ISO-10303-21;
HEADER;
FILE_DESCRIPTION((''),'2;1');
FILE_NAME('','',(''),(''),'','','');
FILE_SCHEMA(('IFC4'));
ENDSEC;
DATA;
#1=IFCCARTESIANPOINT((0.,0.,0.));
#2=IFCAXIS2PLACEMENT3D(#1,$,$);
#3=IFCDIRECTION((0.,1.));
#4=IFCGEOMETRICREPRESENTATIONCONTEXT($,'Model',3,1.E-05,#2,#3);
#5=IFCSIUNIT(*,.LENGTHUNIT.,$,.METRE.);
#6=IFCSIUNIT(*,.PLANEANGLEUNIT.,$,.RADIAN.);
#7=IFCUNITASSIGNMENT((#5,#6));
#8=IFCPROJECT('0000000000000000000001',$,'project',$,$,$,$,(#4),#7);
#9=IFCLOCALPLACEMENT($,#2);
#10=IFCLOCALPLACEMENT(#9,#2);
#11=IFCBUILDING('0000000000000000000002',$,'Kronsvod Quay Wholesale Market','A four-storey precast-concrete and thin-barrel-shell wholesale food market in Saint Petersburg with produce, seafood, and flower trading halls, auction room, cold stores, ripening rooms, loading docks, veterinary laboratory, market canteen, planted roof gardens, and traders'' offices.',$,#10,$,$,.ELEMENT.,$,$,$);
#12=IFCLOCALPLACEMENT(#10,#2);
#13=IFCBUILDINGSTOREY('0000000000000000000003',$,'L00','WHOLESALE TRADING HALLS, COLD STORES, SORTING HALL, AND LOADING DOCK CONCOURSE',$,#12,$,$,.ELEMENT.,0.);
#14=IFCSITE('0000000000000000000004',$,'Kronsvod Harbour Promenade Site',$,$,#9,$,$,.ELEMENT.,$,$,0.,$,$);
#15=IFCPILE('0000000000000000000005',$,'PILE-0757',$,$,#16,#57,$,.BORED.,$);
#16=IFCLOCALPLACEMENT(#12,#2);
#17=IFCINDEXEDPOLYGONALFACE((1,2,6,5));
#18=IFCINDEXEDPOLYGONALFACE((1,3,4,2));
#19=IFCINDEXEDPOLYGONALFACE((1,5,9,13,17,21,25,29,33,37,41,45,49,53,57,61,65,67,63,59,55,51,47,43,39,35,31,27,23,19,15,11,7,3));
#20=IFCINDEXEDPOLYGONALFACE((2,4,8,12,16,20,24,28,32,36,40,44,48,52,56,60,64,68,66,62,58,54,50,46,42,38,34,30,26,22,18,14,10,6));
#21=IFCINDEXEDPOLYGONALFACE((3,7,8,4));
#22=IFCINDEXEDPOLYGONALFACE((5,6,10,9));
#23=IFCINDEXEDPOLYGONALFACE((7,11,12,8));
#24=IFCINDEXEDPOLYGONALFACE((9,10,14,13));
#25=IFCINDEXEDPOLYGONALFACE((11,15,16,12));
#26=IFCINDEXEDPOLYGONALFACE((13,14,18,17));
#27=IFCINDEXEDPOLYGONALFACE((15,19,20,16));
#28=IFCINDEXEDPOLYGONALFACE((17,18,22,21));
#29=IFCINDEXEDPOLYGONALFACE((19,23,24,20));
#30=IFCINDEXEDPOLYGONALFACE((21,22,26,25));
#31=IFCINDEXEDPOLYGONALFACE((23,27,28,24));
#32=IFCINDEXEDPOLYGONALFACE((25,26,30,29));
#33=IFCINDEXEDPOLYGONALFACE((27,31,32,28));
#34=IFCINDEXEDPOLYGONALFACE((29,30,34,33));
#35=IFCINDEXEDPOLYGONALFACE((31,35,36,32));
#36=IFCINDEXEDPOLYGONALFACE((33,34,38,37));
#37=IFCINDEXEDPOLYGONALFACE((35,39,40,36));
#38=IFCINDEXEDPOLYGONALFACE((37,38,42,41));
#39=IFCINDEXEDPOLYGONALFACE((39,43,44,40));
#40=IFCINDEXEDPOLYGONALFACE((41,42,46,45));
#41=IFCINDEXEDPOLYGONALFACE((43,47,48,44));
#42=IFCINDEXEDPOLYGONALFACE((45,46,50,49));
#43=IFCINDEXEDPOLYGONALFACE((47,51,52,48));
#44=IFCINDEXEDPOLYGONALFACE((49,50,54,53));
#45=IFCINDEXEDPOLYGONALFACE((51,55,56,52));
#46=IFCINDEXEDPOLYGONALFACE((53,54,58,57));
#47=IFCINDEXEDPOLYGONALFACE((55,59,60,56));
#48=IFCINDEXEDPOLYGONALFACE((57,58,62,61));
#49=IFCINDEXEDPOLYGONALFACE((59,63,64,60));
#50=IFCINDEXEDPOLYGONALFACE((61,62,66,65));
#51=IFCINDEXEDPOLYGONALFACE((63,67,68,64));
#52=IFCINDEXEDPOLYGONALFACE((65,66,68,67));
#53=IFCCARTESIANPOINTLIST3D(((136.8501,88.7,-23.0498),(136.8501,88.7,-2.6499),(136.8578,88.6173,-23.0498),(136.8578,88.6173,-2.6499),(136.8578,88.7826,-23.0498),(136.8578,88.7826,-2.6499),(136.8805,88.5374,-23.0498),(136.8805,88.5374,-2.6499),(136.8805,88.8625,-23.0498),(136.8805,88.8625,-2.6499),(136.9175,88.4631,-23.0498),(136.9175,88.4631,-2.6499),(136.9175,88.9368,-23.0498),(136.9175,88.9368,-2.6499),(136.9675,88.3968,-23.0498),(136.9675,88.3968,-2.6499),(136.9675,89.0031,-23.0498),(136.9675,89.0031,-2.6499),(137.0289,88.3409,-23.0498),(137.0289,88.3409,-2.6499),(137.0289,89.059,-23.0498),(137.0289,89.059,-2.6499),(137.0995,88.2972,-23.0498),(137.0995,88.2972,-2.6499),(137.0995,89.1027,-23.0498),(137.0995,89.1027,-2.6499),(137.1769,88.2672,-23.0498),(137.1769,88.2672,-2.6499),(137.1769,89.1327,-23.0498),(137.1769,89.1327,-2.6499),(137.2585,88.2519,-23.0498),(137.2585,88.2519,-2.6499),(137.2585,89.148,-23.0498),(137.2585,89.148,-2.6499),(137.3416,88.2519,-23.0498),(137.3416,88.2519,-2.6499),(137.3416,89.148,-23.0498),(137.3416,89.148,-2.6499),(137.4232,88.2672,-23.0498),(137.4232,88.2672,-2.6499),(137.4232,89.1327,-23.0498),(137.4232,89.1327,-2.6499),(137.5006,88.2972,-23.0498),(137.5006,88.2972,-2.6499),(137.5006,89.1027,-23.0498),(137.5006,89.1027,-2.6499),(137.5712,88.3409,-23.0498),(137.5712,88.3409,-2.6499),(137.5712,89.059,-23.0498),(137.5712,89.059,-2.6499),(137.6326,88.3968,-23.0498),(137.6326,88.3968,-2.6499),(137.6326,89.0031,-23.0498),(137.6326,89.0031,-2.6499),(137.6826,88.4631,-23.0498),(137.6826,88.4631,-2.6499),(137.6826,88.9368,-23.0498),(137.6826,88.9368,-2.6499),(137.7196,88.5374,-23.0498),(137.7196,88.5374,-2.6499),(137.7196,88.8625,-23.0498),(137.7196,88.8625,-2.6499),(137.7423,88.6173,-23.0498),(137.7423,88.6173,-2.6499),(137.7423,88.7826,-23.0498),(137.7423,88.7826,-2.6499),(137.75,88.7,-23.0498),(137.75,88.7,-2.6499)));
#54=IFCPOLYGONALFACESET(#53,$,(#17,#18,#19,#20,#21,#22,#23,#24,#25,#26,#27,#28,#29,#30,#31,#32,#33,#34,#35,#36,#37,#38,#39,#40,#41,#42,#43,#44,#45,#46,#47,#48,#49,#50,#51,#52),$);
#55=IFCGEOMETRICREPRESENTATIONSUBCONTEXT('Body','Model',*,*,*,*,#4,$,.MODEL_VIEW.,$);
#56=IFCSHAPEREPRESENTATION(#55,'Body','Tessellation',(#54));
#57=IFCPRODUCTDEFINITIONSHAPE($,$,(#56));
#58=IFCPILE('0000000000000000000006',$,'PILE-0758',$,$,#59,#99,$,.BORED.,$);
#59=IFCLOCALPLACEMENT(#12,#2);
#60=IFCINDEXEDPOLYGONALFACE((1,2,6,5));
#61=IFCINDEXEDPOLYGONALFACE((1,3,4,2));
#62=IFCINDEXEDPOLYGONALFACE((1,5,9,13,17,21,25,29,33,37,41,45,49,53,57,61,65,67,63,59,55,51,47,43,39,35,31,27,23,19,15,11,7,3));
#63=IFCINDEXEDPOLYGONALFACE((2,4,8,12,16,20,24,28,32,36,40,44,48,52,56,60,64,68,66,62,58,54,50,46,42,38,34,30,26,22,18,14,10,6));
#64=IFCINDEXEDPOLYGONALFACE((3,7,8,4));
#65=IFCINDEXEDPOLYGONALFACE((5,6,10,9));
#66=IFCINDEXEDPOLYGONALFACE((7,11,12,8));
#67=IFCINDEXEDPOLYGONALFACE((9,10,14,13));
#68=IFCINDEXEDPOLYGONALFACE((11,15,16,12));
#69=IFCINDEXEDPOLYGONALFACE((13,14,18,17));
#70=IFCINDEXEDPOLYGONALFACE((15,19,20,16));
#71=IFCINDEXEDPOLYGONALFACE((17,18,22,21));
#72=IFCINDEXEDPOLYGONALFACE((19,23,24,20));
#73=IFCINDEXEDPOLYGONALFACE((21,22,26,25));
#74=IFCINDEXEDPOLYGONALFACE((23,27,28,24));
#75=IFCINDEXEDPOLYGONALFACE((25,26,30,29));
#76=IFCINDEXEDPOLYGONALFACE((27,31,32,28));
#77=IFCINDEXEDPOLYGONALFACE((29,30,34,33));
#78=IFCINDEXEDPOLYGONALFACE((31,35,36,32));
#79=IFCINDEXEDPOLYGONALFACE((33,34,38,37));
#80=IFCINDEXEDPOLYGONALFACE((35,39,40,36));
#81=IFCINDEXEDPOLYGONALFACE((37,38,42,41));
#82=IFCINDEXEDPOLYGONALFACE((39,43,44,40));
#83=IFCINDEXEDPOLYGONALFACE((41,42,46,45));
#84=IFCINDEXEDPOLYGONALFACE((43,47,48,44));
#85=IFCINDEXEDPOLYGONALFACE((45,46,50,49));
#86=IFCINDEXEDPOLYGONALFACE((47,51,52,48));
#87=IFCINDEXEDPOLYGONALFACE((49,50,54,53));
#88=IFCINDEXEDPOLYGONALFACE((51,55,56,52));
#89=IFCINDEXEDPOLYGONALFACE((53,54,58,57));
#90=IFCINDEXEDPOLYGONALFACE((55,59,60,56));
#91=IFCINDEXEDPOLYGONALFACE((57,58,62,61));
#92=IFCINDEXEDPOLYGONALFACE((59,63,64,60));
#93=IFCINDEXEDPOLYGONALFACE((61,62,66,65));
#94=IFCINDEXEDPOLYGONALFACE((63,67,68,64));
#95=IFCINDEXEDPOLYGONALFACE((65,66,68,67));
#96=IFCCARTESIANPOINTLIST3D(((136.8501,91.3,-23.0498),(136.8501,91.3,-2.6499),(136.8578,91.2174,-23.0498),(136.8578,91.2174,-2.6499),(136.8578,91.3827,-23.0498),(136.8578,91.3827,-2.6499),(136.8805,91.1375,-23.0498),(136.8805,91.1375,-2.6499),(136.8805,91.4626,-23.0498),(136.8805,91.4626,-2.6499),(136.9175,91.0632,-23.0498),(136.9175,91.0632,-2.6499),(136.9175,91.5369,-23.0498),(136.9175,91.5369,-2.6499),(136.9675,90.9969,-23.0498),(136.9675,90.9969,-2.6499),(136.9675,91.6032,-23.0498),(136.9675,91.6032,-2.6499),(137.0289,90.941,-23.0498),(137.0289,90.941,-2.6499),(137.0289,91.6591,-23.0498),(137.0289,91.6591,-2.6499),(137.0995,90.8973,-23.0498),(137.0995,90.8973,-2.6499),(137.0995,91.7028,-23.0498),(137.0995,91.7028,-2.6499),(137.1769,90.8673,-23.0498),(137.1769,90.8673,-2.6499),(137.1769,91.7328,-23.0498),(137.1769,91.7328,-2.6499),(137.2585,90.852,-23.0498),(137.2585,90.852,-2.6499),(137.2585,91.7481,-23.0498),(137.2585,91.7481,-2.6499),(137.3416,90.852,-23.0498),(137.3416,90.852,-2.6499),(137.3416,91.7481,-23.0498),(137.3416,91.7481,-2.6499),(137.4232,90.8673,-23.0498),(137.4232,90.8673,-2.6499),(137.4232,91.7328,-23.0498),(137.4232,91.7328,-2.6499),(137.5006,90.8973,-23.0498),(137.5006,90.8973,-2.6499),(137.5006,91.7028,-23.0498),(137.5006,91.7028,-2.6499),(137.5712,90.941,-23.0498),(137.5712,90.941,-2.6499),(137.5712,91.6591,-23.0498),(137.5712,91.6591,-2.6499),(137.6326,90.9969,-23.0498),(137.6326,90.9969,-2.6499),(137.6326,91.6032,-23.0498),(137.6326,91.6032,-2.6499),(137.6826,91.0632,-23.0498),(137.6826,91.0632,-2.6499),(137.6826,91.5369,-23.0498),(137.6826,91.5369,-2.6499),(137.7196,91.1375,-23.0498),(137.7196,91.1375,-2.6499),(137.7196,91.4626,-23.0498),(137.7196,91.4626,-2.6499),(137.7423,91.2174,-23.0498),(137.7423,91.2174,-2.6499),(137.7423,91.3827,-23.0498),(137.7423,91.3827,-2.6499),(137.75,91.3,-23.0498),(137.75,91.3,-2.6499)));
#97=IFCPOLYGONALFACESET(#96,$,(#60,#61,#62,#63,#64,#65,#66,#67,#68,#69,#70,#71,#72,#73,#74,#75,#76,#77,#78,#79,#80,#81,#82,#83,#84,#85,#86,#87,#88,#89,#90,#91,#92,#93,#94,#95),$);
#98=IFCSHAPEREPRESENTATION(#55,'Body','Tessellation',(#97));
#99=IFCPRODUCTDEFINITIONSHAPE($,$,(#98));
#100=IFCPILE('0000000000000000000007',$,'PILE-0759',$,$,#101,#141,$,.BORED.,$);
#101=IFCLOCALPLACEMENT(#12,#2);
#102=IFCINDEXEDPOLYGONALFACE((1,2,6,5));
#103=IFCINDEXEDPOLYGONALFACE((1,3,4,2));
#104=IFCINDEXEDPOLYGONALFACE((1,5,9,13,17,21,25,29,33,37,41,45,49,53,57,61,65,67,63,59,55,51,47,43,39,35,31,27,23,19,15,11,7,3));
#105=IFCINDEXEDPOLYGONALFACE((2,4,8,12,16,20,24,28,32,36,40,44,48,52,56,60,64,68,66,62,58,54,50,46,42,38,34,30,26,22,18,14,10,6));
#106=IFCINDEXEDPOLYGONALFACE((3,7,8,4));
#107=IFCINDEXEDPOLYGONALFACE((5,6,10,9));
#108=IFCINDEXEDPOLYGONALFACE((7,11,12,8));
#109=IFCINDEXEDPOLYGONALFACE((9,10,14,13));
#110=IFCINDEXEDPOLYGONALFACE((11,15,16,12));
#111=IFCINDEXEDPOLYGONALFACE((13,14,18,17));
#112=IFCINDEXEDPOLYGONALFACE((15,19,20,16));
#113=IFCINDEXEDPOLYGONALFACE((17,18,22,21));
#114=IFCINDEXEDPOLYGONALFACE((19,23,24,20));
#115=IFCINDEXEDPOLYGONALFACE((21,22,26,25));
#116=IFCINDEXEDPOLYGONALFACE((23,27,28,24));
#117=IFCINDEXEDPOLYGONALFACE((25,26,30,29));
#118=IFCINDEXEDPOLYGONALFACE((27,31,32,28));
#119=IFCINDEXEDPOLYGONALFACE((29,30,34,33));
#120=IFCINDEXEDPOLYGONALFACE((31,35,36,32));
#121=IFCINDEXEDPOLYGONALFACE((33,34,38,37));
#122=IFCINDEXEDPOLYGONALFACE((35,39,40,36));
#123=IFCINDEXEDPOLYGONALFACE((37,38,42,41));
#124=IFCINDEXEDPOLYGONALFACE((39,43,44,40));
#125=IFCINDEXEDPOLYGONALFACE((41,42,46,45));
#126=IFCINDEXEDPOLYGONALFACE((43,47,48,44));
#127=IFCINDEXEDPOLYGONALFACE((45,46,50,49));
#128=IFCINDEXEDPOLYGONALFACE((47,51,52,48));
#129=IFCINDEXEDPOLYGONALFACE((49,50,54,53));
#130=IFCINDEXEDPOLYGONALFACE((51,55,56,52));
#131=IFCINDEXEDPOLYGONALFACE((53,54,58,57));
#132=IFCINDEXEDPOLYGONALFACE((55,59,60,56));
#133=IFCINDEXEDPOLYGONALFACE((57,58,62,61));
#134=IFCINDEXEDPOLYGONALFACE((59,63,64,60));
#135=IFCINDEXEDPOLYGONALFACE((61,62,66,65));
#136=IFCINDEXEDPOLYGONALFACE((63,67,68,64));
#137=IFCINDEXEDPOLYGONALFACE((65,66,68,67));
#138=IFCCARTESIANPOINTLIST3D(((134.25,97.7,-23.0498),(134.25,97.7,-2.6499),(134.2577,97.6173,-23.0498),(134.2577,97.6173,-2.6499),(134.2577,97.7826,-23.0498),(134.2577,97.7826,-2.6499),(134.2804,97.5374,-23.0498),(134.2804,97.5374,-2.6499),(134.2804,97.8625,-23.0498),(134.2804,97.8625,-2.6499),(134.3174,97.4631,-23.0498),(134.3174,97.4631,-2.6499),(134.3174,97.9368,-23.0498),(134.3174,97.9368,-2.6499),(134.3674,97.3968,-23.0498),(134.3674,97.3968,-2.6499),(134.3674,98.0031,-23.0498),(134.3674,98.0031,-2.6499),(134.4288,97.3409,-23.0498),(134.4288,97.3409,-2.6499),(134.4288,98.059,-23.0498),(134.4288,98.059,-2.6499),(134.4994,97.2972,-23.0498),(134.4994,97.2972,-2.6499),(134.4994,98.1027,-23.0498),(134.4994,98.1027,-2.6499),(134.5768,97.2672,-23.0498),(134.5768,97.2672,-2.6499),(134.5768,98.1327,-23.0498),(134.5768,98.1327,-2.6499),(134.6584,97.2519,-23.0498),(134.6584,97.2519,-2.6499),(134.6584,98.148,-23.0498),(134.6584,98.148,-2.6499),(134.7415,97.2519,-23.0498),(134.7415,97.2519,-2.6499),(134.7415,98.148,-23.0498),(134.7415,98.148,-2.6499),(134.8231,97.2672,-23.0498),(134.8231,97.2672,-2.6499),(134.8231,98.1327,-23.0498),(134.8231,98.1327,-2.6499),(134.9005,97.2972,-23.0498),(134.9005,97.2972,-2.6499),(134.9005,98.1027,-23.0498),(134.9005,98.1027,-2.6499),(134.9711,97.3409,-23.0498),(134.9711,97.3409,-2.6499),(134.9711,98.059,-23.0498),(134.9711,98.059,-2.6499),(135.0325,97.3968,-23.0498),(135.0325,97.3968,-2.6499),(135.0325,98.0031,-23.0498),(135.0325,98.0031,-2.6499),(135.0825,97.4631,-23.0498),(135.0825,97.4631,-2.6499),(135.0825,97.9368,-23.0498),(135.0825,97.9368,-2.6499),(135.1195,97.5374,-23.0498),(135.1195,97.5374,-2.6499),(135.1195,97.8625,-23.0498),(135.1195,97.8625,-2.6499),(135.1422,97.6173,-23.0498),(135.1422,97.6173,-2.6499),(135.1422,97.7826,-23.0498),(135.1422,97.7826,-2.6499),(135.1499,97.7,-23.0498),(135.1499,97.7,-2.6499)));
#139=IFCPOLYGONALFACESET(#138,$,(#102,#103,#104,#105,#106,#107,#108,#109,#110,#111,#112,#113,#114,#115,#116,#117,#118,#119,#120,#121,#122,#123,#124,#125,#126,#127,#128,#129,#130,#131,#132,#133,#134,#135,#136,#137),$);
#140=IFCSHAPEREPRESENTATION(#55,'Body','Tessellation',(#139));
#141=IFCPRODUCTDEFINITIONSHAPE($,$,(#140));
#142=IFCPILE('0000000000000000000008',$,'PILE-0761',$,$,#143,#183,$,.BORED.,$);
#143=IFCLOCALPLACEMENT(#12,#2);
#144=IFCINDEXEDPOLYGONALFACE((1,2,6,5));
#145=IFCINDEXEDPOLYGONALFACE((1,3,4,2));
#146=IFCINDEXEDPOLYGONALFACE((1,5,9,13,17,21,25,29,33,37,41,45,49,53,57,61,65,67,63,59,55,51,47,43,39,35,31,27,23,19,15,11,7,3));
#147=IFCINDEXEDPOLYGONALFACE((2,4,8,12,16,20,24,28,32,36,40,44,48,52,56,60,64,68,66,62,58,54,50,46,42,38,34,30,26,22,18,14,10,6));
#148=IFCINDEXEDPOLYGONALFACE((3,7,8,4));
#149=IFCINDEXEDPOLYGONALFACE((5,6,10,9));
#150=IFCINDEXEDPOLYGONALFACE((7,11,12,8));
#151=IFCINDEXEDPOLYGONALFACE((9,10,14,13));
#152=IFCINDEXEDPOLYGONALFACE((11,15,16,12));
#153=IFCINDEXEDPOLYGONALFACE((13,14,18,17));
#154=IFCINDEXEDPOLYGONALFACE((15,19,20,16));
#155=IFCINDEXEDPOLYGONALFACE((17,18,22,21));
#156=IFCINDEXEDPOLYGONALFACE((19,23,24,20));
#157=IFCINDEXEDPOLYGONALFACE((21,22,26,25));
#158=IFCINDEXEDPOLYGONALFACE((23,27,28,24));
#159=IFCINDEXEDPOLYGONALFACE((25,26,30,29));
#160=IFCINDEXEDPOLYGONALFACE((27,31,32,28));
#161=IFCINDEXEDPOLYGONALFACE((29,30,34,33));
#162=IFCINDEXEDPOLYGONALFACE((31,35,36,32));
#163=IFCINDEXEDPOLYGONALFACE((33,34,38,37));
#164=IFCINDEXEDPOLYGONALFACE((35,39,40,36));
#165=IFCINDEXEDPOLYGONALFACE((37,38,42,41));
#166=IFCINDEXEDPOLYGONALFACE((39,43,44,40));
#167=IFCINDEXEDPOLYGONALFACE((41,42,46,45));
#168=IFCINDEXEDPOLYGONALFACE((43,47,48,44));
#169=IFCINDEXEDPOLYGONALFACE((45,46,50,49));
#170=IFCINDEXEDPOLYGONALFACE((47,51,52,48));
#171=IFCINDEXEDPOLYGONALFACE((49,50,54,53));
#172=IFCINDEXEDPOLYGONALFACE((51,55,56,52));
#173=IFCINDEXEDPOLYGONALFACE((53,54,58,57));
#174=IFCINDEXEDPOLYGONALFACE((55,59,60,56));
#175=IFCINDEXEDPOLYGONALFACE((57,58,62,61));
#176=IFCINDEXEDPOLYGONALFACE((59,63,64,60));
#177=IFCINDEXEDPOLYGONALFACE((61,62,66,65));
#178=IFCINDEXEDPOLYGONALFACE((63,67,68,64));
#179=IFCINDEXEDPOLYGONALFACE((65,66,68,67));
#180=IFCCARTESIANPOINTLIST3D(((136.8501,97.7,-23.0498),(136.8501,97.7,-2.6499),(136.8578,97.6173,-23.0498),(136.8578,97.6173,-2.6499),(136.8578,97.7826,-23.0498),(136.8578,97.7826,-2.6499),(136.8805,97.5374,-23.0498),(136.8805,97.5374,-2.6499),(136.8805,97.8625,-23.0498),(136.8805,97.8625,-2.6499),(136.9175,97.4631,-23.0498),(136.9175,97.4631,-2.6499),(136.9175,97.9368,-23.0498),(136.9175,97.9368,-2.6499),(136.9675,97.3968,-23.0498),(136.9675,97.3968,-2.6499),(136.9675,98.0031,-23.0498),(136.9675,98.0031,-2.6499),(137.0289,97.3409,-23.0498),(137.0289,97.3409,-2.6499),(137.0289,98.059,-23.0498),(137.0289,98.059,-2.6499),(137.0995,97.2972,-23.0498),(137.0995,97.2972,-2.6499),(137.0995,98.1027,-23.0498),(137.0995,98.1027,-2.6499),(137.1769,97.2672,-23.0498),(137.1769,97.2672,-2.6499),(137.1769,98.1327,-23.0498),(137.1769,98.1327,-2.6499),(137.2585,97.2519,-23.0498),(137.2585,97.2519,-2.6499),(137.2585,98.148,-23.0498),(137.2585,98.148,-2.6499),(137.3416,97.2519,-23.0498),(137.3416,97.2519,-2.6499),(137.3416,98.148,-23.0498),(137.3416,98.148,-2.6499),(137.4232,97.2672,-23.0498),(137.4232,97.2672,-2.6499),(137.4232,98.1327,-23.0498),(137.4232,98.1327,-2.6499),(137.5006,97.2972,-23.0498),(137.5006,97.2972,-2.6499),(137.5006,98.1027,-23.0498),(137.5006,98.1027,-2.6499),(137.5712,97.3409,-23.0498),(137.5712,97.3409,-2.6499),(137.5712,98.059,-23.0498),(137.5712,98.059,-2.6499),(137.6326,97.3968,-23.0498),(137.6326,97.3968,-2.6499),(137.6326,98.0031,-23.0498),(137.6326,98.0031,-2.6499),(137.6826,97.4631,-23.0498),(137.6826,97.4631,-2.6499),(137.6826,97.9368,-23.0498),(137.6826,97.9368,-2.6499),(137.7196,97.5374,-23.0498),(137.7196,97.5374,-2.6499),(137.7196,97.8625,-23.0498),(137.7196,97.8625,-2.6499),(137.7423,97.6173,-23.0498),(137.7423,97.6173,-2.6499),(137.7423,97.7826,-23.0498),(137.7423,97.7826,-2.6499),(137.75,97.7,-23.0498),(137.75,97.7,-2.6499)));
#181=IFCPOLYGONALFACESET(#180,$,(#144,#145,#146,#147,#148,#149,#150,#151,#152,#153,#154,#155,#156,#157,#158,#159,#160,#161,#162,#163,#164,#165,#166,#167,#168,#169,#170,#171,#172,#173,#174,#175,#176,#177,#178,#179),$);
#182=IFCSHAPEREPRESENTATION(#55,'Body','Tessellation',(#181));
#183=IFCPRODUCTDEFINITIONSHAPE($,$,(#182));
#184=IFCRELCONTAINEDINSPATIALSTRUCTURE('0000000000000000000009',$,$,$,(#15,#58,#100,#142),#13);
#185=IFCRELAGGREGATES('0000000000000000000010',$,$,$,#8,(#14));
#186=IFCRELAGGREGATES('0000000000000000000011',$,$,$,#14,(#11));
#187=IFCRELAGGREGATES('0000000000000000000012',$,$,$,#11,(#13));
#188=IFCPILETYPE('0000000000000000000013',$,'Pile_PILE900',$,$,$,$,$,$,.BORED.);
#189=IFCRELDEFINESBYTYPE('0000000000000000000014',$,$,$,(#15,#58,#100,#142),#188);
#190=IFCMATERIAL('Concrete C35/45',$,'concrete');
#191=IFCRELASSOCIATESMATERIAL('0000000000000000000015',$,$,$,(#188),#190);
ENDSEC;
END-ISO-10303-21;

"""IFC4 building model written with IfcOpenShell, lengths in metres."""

from ifc_helpers import new_model, si_unit, direction, frame, origin, origin_2d, place, context, subcontext, project, spatial, circle, extrude, material, material_profile, profile_set, type_object, element, save


model = new_model("IFC4")

# Units and contexts
model_context = context("Model", 3, precision=1e-05, world=origin(), true_north=direction((0.0, 1.0)))
body_context = subcontext(model_context, "Body", "Model", "MODEL_VIEW")
ifc_project = project(units=[si_unit("LENGTHUNIT", "METRE"), si_unit("PLANEANGLEUNIT", "RADIAN")], contexts=[model_context])

# Site, building, storey
site_placement = place(None, origin())
site = spatial("IfcSite", under=ifc_project, at=site_placement, Name="Kronsvod Harbour Promenade Site", CompositionType="ELEMENT", RefElevation=0.0)
building_placement = place(site_placement, origin())
building = spatial("IfcBuilding", under=site, at=building_placement, Name="Kronsvod Quay Wholesale Market", Description="A four-storey precast-concrete and thin-barrel-shell wholesale food market in Saint Petersburg with produce, seafood, and flower trading halls, auction room, cold stores, ripening rooms, loading docks, veterinary laboratory, market canteen, planted roof gardens, and traders' offices.", CompositionType="ELEMENT")
storey_placement = place(building_placement, origin())
storey = spatial("IfcBuildingStorey", under=building, at=storey_placement, Name="L00", Description="WHOLESALE TRADING HALLS, COLD STORES, SORTING HALL, AND LOADING DOCK CONCOURSE", CompositionType="ELEMENT", Elevation=0.0)

# Piles
ifc_material_1 = material(Name="Concrete C35/45", Category="concrete")
ifc_material_profile_1 = material_profile(ifc_material_1, circle(Radius=0.45, at=origin_2d()), Name="PILE900")
ifc_profile_set_1 = profile_set([ifc_material_profile_1], Name="Concrete C35/45")
pile_type_1 = type_object("IfcPileType", Name="Pile_PILE900", PredefinedType="BORED", material=ifc_profile_set_1)
for number, where, z_axis, x_axis, name in (
    (1, (137.3, 88.7, -2.6499), (0.0, 0.0, -1.0), (1.0, 0.0, 0.0), "PILE-0757"),
    (2, (137.3, 91.3, -2.6499), (0.0, 0.0, -1.0), (1.0, 0.0, 0.0), "PILE-0758"),
    (3, (134.7, 97.7, -2.6499), (0.0, 0.0, -1.0), (1.0, 0.0, 0.0), "PILE-0759"),
    (4, (137.3, 97.7, -2.6499), (0.0, 0.0, -1.0), (1.0, 0.0, 0.0), "PILE-0761"),
):
    element("IfcPile", number, at=place(storey_placement, frame(where, z_axis=z_axis, x_axis=x_axis)), inside=storey, type_object=pile_type_1, Name=name, PredefinedType="BORED", context=body_context, shape_type="SweptSolid", body=[
        extrude(circle(Radius=0.45, at=origin_2d()), origin(), (0.0, 0.0, 1.0), 20.3999),
    ])

save(model, "model.ifc")
